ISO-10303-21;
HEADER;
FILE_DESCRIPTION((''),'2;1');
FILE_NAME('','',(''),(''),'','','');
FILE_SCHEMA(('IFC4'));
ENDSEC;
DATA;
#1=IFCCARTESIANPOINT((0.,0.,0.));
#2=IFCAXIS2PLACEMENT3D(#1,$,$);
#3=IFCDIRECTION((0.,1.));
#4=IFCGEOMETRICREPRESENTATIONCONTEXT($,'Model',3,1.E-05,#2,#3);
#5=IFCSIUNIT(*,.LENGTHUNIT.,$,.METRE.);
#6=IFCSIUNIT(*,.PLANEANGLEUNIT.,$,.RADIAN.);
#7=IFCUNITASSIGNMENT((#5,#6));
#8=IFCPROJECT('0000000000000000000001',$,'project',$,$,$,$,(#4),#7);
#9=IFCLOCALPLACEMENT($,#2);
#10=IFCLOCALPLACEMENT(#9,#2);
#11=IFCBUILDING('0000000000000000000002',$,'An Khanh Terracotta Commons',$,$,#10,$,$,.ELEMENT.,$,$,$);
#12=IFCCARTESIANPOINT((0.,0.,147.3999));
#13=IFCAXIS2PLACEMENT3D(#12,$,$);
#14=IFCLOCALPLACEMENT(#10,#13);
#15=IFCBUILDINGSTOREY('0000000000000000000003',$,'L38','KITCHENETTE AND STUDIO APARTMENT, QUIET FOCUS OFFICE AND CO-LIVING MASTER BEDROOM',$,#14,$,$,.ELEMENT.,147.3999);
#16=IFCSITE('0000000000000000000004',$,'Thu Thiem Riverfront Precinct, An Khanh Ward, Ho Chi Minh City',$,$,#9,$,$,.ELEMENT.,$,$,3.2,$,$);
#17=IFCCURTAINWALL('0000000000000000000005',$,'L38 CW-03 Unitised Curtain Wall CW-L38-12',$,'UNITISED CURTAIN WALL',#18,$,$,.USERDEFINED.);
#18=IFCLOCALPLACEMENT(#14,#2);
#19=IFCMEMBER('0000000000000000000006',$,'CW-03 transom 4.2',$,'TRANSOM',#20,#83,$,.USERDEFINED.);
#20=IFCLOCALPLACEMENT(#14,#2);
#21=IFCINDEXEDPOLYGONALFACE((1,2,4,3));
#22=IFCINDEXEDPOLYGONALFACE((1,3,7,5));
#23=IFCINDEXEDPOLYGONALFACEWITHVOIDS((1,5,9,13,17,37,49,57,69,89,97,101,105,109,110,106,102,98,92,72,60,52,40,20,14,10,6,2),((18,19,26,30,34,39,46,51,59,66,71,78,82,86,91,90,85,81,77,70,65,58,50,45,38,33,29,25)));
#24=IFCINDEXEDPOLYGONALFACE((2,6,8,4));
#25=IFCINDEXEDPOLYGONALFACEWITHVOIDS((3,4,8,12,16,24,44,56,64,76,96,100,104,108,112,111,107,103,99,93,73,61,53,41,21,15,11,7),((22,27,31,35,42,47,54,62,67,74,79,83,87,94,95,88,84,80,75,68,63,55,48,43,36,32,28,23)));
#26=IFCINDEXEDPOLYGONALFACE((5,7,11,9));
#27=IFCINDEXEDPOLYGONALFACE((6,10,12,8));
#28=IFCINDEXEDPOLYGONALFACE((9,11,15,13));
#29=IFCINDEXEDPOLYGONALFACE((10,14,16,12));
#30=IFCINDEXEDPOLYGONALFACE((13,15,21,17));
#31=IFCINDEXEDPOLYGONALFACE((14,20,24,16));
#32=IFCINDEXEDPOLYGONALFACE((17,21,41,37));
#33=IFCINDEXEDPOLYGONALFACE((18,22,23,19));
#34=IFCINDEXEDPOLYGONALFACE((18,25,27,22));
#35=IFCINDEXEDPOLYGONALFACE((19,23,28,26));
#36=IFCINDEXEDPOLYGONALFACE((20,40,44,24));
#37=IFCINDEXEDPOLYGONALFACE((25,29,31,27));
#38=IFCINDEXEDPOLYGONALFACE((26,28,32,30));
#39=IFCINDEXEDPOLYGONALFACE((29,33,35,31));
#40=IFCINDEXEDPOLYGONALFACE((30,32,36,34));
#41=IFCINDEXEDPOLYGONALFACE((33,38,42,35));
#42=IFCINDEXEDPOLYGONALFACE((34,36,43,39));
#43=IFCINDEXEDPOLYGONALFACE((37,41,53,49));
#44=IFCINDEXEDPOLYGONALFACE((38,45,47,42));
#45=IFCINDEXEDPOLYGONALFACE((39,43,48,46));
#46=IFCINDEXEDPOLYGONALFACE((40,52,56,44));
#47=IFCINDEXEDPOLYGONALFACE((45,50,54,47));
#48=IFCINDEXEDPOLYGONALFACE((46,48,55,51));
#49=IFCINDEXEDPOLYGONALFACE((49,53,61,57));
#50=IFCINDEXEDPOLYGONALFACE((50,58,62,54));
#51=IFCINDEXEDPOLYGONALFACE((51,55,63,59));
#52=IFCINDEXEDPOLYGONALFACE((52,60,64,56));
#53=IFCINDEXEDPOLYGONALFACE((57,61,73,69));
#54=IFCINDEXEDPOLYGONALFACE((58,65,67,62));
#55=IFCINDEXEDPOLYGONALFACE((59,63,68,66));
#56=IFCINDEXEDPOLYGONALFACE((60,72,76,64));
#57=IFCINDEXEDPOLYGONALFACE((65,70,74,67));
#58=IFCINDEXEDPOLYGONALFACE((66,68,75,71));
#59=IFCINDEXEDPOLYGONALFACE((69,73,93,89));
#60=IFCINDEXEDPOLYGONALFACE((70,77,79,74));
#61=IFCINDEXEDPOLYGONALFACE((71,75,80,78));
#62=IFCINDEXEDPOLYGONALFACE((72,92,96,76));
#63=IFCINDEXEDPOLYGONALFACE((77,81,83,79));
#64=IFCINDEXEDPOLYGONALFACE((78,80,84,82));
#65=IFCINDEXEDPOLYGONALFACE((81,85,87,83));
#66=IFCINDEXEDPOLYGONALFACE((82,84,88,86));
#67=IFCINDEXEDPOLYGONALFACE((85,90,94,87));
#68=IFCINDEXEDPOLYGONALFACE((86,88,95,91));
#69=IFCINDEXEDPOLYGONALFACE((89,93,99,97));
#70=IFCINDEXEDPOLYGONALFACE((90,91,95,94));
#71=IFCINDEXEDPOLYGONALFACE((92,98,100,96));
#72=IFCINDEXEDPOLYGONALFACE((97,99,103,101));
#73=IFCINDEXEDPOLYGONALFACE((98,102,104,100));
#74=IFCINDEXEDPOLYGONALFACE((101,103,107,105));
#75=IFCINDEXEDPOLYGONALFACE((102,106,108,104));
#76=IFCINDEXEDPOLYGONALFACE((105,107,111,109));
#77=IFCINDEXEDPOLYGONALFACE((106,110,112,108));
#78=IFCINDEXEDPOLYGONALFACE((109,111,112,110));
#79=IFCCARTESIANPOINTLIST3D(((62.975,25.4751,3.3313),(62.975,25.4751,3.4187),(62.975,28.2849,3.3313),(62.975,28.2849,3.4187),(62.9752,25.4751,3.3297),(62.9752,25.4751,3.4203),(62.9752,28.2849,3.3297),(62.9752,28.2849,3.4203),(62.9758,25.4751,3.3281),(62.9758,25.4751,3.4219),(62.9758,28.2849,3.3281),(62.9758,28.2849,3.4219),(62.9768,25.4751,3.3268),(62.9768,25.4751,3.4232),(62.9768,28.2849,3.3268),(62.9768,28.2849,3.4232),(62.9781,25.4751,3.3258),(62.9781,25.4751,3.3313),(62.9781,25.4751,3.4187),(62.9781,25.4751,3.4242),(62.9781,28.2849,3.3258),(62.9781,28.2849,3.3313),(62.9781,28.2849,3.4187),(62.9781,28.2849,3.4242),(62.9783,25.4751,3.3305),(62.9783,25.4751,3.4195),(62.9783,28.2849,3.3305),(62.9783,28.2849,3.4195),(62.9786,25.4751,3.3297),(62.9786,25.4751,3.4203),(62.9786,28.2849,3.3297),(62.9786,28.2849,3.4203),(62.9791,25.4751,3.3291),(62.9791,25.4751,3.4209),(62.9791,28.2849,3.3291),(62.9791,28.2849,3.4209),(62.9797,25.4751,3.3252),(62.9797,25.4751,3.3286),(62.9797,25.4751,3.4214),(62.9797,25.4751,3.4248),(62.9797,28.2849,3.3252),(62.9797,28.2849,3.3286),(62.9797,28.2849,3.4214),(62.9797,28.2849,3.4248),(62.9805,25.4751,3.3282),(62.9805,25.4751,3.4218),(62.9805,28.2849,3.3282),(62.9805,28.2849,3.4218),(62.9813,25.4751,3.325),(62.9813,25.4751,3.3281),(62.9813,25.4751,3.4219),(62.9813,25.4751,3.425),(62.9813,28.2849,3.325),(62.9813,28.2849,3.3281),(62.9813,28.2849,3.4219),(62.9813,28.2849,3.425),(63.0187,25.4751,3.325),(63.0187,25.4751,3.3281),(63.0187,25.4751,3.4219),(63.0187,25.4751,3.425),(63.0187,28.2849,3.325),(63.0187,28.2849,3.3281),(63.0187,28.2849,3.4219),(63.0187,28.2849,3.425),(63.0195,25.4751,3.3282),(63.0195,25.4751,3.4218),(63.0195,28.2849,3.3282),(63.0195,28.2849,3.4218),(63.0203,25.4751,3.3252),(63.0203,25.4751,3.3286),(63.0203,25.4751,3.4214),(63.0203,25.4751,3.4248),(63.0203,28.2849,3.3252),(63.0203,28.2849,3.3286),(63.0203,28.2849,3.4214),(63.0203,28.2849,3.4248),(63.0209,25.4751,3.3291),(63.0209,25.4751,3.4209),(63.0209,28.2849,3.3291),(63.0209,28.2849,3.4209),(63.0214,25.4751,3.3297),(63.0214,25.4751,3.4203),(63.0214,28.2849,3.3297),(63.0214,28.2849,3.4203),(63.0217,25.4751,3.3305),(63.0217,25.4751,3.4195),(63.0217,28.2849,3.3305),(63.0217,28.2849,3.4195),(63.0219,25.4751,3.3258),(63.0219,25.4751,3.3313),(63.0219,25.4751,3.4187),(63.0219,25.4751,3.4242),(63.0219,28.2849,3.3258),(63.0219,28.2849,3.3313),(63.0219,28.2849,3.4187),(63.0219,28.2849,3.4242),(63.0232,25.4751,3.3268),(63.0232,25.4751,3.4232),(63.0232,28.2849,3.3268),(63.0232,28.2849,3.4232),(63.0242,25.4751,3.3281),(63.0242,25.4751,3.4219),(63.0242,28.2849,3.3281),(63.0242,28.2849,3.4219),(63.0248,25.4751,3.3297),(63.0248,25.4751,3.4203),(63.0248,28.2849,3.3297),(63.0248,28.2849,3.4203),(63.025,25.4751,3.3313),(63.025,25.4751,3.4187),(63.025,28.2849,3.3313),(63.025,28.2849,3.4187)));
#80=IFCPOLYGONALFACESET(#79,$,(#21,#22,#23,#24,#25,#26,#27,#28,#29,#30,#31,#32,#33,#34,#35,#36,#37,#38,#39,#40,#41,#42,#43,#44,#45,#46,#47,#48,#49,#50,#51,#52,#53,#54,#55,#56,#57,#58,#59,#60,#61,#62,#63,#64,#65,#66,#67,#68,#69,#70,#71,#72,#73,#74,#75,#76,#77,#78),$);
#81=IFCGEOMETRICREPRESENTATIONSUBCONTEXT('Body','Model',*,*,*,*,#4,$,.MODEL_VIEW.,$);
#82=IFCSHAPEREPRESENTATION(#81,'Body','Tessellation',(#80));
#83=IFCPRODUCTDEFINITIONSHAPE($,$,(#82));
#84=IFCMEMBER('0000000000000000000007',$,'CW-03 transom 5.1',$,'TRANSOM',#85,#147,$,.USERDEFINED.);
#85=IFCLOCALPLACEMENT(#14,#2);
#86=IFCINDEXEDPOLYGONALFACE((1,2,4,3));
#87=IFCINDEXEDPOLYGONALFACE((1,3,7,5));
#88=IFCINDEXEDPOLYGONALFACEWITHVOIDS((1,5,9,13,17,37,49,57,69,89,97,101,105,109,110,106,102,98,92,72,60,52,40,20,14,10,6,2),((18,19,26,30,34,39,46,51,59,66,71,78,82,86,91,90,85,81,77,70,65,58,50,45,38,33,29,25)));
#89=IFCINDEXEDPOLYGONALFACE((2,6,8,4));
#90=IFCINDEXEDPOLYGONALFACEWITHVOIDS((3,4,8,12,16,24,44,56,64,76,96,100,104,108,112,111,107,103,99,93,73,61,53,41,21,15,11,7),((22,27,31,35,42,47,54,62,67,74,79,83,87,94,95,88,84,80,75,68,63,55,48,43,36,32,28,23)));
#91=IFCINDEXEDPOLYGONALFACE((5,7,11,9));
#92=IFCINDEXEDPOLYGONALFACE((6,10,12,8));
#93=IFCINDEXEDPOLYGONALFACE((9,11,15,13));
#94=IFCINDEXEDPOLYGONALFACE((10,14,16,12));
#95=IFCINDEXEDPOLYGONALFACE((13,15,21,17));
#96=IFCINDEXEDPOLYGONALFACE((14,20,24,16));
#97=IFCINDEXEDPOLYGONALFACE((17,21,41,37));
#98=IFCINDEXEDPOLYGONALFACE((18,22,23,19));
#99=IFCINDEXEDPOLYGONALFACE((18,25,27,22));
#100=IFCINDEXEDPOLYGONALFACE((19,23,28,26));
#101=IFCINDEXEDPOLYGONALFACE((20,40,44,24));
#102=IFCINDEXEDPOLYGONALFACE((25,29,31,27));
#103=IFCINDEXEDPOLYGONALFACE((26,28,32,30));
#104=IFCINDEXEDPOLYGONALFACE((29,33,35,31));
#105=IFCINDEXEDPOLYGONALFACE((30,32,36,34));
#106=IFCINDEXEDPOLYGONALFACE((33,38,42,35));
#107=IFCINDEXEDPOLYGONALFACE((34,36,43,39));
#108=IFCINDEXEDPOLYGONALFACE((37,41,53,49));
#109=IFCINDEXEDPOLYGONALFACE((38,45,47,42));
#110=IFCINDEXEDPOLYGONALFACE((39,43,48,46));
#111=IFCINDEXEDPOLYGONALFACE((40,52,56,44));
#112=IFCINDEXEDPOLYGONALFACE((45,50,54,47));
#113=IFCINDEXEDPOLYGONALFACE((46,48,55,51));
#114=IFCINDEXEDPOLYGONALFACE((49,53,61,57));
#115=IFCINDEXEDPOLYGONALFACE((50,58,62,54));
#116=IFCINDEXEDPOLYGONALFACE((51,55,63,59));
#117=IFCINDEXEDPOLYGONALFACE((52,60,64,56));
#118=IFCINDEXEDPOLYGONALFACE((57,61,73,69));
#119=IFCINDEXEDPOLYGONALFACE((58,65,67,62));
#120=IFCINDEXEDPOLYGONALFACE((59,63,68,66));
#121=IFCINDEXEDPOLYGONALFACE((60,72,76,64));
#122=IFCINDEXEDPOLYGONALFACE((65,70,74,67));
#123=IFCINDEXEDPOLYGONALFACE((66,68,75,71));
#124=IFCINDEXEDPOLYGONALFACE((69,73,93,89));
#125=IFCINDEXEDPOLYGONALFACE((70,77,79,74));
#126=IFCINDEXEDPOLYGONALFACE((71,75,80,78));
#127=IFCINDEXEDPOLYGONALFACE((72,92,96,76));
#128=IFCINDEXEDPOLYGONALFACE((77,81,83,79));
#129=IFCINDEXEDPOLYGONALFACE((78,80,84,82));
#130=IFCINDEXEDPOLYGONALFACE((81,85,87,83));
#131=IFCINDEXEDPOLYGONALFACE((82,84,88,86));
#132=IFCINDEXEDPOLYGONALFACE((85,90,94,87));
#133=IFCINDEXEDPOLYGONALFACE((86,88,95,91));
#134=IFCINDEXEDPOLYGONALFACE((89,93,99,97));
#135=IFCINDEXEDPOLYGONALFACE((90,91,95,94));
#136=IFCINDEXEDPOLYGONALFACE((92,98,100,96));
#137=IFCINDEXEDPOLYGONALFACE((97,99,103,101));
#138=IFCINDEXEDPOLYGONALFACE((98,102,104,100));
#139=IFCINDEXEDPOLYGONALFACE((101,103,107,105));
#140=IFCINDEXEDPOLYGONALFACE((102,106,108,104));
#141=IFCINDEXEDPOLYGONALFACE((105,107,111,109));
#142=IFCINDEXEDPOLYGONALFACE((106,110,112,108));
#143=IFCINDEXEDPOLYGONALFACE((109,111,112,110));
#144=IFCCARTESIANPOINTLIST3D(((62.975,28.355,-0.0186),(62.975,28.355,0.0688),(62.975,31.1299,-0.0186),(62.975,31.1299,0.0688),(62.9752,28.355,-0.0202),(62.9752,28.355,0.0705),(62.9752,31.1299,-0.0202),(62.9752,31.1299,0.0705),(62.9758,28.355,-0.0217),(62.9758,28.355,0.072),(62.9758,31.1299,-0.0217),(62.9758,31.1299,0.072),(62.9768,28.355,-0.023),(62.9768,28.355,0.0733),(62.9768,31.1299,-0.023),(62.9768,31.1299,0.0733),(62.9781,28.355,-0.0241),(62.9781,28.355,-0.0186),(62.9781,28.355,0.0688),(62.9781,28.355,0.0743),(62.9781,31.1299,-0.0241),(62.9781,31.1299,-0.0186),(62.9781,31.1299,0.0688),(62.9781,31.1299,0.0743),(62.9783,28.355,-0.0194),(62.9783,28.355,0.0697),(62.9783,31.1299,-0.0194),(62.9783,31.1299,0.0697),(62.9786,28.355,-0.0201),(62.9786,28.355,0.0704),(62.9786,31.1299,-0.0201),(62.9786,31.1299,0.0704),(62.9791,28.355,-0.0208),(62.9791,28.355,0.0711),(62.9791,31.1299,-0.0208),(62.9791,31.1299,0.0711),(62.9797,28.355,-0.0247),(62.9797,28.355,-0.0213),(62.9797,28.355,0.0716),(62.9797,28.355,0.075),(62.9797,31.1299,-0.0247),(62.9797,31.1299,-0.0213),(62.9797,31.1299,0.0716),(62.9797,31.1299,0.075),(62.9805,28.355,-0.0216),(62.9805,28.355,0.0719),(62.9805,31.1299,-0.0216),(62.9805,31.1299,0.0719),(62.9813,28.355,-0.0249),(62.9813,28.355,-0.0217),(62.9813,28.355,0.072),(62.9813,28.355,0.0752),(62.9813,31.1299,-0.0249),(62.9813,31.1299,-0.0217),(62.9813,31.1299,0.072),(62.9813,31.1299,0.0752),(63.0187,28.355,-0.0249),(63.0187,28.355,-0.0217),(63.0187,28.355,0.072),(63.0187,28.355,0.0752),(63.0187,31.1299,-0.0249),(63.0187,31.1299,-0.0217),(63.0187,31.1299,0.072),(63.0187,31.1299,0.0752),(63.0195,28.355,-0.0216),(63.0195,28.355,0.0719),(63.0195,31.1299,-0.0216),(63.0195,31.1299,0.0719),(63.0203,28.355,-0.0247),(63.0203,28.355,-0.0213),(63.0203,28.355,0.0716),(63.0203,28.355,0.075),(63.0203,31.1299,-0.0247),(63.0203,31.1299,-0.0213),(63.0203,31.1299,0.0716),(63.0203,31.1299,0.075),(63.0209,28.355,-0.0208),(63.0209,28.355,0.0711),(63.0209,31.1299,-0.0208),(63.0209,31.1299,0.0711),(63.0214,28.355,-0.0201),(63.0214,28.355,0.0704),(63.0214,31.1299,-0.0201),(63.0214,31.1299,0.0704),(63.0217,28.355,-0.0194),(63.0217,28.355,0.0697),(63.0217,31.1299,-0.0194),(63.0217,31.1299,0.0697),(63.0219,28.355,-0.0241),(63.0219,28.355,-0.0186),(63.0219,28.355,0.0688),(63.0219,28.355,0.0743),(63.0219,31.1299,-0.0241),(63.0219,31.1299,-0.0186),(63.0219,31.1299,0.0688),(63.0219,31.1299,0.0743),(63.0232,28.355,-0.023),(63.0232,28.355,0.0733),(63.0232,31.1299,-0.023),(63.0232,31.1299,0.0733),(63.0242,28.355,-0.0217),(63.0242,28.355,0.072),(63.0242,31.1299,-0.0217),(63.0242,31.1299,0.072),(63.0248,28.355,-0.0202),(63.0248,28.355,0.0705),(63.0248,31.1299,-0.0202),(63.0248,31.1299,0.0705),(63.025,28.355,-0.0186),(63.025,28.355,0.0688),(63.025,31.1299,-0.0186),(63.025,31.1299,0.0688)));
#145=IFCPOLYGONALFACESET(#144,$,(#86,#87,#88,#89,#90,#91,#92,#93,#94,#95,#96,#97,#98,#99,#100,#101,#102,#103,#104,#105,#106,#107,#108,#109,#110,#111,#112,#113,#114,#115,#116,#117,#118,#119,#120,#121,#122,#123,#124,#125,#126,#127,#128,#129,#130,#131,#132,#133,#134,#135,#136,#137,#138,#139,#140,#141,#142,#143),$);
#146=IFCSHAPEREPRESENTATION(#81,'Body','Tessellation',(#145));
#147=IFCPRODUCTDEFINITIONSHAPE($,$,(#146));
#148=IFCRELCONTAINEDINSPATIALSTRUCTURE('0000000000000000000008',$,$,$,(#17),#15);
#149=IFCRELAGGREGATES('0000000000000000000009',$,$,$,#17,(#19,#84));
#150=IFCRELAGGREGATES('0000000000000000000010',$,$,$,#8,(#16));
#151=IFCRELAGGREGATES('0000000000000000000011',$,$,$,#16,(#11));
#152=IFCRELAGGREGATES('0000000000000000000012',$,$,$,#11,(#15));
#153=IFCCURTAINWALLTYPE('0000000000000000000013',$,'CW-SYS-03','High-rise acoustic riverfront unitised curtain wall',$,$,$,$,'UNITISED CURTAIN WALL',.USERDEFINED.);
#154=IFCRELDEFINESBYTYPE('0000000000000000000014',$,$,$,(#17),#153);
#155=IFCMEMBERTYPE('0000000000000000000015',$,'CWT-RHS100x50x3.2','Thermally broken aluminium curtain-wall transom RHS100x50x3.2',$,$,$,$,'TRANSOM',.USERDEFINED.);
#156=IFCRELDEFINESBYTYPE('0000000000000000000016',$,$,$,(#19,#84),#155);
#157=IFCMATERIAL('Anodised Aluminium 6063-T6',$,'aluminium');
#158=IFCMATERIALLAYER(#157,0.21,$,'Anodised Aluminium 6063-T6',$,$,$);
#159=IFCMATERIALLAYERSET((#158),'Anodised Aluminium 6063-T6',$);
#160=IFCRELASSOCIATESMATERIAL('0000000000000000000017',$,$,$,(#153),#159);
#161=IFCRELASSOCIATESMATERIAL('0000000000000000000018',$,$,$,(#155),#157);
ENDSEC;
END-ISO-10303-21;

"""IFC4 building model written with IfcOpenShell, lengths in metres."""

from ifc_helpers import new_model, si_unit, direction, frame, origin, origin_2d, place, context, subcontext, project, spatial, hollow_rectangle, extrude, material, layer, layer_set, material_profile, profile_set, type_object, element, aggregate, save


model = new_model("IFC4")

# Units and contexts
model_context = context("Model", 3, precision=1e-05, world=origin(), true_north=direction((0.0, 1.0)))
body_context = subcontext(model_context, "Body", "Model", "MODEL_VIEW")
ifc_project = project(units=[si_unit("LENGTHUNIT", "METRE"), si_unit("PLANEANGLEUNIT", "RADIAN")], contexts=[model_context])

# Site, building, storey
site_placement = place(None, origin())
site = spatial("IfcSite", under=ifc_project, at=site_placement, Name="Thu Thiem Riverfront Precinct, An Khanh Ward, Ho Chi Minh City", CompositionType="ELEMENT", RefElevation=3.2)
building_placement = place(site_placement, origin())
building = spatial("IfcBuilding", under=site, at=building_placement, Name="An Khanh Terracotta Commons", CompositionType="ELEMENT")
storey_placement = place(building_placement, frame((0.0, 0.0, 147.3999)))
storey = spatial("IfcBuildingStorey", under=building, at=storey_placement, Name="L38", Description="KITCHENETTE AND STUDIO APARTMENT, QUIET FOCUS OFFICE AND CO-LIVING MASTER BEDROOM", CompositionType="ELEMENT", Elevation=147.3999)

# Curtain wall
ifc_material_1 = material(Name="Anodised Aluminium 6063-T6", Category="aluminium")
ifc_layer_1 = layer(ifc_material_1, 0.21, Name="Anodised Aluminium 6063-T6")
ifc_layer_set_1 = layer_set([ifc_layer_1], Name="Anodised Aluminium 6063-T6")
curtain_wall_type = type_object("IfcCurtainWallType", Name="CW-SYS-03", Description="High-rise acoustic riverfront unitised curtain wall", ElementType="UNITISED CURTAIN WALL", PredefinedType="USERDEFINED", material=ifc_layer_set_1)
curtain_wall_1_placement = place(storey_placement, origin())
curtain_wall_1 = element("IfcCurtainWall", 1, at=curtain_wall_1_placement, inside=storey, type_object=curtain_wall_type, Name="L38 CW-03 Unitised Curtain Wall CW-L38-12", ObjectType="UNITISED CURTAIN WALL", PredefinedType="USERDEFINED")

# Members
ifc_material_profile_1 = material_profile(ifc_material_1, hollow_rectangle(XDim=0.05, YDim=0.1001, WallThickness=0.0032, InnerFilletRadius=0.0032, OuterFilletRadius=0.0063, at=origin_2d()), Name="RHS100x50x3.2")
ifc_profile_set_1 = profile_set([ifc_material_profile_1], Name="Anodised Aluminium 6063-T6")
member_type_1 = type_object("IfcMemberType", Name="CWT-RHS100x50x3.2", Description="Thermally broken aluminium curtain-wall transom RHS100x50x3.2", ElementType="TRANSOM", PredefinedType="USERDEFINED", material=ifc_profile_set_1)
member_1_placement = place(storey_placement, frame((63.0, 25.4751, 3.375), z_axis=(0.0, 1.0, 0.0), x_axis=(-1.0, 0.0, 0.0)))
member_1 = element("IfcMember", 2, at=member_1_placement, type_object=member_type_1, Name="CW-03 transom 4.2", ObjectType="TRANSOM", PredefinedType="USERDEFINED", context=body_context, shape_type="SweptSolid", body=[
    extrude(hollow_rectangle(XDim=0.05, YDim=0.1001, WallThickness=0.0032, InnerFilletRadius=0.0032, OuterFilletRadius=0.0063, at=origin_2d()), origin(), (0.0, 0.0, 1.0), 2.8098),
])
member_2_placement = place(storey_placement, frame((63.0, 28.355, 0.0251), z_axis=(0.0, 1.0, 0.0), x_axis=(-1.0, 0.0, 0.0)))
member_2 = element("IfcMember", 3, at=member_2_placement, type_object=member_type_1, Name="CW-03 transom 5.1", ObjectType="TRANSOM", PredefinedType="USERDEFINED", context=body_context, shape_type="SweptSolid", body=[
    extrude(hollow_rectangle(XDim=0.05, YDim=0.1001, WallThickness=0.0032, InnerFilletRadius=0.0032, OuterFilletRadius=0.0063, at=origin_2d()), origin(), (0.0, 0.0, 1.0), 2.7749),
])

aggregate(curtain_wall_1, [member_1, member_2])

save(model, "model.ifc")
